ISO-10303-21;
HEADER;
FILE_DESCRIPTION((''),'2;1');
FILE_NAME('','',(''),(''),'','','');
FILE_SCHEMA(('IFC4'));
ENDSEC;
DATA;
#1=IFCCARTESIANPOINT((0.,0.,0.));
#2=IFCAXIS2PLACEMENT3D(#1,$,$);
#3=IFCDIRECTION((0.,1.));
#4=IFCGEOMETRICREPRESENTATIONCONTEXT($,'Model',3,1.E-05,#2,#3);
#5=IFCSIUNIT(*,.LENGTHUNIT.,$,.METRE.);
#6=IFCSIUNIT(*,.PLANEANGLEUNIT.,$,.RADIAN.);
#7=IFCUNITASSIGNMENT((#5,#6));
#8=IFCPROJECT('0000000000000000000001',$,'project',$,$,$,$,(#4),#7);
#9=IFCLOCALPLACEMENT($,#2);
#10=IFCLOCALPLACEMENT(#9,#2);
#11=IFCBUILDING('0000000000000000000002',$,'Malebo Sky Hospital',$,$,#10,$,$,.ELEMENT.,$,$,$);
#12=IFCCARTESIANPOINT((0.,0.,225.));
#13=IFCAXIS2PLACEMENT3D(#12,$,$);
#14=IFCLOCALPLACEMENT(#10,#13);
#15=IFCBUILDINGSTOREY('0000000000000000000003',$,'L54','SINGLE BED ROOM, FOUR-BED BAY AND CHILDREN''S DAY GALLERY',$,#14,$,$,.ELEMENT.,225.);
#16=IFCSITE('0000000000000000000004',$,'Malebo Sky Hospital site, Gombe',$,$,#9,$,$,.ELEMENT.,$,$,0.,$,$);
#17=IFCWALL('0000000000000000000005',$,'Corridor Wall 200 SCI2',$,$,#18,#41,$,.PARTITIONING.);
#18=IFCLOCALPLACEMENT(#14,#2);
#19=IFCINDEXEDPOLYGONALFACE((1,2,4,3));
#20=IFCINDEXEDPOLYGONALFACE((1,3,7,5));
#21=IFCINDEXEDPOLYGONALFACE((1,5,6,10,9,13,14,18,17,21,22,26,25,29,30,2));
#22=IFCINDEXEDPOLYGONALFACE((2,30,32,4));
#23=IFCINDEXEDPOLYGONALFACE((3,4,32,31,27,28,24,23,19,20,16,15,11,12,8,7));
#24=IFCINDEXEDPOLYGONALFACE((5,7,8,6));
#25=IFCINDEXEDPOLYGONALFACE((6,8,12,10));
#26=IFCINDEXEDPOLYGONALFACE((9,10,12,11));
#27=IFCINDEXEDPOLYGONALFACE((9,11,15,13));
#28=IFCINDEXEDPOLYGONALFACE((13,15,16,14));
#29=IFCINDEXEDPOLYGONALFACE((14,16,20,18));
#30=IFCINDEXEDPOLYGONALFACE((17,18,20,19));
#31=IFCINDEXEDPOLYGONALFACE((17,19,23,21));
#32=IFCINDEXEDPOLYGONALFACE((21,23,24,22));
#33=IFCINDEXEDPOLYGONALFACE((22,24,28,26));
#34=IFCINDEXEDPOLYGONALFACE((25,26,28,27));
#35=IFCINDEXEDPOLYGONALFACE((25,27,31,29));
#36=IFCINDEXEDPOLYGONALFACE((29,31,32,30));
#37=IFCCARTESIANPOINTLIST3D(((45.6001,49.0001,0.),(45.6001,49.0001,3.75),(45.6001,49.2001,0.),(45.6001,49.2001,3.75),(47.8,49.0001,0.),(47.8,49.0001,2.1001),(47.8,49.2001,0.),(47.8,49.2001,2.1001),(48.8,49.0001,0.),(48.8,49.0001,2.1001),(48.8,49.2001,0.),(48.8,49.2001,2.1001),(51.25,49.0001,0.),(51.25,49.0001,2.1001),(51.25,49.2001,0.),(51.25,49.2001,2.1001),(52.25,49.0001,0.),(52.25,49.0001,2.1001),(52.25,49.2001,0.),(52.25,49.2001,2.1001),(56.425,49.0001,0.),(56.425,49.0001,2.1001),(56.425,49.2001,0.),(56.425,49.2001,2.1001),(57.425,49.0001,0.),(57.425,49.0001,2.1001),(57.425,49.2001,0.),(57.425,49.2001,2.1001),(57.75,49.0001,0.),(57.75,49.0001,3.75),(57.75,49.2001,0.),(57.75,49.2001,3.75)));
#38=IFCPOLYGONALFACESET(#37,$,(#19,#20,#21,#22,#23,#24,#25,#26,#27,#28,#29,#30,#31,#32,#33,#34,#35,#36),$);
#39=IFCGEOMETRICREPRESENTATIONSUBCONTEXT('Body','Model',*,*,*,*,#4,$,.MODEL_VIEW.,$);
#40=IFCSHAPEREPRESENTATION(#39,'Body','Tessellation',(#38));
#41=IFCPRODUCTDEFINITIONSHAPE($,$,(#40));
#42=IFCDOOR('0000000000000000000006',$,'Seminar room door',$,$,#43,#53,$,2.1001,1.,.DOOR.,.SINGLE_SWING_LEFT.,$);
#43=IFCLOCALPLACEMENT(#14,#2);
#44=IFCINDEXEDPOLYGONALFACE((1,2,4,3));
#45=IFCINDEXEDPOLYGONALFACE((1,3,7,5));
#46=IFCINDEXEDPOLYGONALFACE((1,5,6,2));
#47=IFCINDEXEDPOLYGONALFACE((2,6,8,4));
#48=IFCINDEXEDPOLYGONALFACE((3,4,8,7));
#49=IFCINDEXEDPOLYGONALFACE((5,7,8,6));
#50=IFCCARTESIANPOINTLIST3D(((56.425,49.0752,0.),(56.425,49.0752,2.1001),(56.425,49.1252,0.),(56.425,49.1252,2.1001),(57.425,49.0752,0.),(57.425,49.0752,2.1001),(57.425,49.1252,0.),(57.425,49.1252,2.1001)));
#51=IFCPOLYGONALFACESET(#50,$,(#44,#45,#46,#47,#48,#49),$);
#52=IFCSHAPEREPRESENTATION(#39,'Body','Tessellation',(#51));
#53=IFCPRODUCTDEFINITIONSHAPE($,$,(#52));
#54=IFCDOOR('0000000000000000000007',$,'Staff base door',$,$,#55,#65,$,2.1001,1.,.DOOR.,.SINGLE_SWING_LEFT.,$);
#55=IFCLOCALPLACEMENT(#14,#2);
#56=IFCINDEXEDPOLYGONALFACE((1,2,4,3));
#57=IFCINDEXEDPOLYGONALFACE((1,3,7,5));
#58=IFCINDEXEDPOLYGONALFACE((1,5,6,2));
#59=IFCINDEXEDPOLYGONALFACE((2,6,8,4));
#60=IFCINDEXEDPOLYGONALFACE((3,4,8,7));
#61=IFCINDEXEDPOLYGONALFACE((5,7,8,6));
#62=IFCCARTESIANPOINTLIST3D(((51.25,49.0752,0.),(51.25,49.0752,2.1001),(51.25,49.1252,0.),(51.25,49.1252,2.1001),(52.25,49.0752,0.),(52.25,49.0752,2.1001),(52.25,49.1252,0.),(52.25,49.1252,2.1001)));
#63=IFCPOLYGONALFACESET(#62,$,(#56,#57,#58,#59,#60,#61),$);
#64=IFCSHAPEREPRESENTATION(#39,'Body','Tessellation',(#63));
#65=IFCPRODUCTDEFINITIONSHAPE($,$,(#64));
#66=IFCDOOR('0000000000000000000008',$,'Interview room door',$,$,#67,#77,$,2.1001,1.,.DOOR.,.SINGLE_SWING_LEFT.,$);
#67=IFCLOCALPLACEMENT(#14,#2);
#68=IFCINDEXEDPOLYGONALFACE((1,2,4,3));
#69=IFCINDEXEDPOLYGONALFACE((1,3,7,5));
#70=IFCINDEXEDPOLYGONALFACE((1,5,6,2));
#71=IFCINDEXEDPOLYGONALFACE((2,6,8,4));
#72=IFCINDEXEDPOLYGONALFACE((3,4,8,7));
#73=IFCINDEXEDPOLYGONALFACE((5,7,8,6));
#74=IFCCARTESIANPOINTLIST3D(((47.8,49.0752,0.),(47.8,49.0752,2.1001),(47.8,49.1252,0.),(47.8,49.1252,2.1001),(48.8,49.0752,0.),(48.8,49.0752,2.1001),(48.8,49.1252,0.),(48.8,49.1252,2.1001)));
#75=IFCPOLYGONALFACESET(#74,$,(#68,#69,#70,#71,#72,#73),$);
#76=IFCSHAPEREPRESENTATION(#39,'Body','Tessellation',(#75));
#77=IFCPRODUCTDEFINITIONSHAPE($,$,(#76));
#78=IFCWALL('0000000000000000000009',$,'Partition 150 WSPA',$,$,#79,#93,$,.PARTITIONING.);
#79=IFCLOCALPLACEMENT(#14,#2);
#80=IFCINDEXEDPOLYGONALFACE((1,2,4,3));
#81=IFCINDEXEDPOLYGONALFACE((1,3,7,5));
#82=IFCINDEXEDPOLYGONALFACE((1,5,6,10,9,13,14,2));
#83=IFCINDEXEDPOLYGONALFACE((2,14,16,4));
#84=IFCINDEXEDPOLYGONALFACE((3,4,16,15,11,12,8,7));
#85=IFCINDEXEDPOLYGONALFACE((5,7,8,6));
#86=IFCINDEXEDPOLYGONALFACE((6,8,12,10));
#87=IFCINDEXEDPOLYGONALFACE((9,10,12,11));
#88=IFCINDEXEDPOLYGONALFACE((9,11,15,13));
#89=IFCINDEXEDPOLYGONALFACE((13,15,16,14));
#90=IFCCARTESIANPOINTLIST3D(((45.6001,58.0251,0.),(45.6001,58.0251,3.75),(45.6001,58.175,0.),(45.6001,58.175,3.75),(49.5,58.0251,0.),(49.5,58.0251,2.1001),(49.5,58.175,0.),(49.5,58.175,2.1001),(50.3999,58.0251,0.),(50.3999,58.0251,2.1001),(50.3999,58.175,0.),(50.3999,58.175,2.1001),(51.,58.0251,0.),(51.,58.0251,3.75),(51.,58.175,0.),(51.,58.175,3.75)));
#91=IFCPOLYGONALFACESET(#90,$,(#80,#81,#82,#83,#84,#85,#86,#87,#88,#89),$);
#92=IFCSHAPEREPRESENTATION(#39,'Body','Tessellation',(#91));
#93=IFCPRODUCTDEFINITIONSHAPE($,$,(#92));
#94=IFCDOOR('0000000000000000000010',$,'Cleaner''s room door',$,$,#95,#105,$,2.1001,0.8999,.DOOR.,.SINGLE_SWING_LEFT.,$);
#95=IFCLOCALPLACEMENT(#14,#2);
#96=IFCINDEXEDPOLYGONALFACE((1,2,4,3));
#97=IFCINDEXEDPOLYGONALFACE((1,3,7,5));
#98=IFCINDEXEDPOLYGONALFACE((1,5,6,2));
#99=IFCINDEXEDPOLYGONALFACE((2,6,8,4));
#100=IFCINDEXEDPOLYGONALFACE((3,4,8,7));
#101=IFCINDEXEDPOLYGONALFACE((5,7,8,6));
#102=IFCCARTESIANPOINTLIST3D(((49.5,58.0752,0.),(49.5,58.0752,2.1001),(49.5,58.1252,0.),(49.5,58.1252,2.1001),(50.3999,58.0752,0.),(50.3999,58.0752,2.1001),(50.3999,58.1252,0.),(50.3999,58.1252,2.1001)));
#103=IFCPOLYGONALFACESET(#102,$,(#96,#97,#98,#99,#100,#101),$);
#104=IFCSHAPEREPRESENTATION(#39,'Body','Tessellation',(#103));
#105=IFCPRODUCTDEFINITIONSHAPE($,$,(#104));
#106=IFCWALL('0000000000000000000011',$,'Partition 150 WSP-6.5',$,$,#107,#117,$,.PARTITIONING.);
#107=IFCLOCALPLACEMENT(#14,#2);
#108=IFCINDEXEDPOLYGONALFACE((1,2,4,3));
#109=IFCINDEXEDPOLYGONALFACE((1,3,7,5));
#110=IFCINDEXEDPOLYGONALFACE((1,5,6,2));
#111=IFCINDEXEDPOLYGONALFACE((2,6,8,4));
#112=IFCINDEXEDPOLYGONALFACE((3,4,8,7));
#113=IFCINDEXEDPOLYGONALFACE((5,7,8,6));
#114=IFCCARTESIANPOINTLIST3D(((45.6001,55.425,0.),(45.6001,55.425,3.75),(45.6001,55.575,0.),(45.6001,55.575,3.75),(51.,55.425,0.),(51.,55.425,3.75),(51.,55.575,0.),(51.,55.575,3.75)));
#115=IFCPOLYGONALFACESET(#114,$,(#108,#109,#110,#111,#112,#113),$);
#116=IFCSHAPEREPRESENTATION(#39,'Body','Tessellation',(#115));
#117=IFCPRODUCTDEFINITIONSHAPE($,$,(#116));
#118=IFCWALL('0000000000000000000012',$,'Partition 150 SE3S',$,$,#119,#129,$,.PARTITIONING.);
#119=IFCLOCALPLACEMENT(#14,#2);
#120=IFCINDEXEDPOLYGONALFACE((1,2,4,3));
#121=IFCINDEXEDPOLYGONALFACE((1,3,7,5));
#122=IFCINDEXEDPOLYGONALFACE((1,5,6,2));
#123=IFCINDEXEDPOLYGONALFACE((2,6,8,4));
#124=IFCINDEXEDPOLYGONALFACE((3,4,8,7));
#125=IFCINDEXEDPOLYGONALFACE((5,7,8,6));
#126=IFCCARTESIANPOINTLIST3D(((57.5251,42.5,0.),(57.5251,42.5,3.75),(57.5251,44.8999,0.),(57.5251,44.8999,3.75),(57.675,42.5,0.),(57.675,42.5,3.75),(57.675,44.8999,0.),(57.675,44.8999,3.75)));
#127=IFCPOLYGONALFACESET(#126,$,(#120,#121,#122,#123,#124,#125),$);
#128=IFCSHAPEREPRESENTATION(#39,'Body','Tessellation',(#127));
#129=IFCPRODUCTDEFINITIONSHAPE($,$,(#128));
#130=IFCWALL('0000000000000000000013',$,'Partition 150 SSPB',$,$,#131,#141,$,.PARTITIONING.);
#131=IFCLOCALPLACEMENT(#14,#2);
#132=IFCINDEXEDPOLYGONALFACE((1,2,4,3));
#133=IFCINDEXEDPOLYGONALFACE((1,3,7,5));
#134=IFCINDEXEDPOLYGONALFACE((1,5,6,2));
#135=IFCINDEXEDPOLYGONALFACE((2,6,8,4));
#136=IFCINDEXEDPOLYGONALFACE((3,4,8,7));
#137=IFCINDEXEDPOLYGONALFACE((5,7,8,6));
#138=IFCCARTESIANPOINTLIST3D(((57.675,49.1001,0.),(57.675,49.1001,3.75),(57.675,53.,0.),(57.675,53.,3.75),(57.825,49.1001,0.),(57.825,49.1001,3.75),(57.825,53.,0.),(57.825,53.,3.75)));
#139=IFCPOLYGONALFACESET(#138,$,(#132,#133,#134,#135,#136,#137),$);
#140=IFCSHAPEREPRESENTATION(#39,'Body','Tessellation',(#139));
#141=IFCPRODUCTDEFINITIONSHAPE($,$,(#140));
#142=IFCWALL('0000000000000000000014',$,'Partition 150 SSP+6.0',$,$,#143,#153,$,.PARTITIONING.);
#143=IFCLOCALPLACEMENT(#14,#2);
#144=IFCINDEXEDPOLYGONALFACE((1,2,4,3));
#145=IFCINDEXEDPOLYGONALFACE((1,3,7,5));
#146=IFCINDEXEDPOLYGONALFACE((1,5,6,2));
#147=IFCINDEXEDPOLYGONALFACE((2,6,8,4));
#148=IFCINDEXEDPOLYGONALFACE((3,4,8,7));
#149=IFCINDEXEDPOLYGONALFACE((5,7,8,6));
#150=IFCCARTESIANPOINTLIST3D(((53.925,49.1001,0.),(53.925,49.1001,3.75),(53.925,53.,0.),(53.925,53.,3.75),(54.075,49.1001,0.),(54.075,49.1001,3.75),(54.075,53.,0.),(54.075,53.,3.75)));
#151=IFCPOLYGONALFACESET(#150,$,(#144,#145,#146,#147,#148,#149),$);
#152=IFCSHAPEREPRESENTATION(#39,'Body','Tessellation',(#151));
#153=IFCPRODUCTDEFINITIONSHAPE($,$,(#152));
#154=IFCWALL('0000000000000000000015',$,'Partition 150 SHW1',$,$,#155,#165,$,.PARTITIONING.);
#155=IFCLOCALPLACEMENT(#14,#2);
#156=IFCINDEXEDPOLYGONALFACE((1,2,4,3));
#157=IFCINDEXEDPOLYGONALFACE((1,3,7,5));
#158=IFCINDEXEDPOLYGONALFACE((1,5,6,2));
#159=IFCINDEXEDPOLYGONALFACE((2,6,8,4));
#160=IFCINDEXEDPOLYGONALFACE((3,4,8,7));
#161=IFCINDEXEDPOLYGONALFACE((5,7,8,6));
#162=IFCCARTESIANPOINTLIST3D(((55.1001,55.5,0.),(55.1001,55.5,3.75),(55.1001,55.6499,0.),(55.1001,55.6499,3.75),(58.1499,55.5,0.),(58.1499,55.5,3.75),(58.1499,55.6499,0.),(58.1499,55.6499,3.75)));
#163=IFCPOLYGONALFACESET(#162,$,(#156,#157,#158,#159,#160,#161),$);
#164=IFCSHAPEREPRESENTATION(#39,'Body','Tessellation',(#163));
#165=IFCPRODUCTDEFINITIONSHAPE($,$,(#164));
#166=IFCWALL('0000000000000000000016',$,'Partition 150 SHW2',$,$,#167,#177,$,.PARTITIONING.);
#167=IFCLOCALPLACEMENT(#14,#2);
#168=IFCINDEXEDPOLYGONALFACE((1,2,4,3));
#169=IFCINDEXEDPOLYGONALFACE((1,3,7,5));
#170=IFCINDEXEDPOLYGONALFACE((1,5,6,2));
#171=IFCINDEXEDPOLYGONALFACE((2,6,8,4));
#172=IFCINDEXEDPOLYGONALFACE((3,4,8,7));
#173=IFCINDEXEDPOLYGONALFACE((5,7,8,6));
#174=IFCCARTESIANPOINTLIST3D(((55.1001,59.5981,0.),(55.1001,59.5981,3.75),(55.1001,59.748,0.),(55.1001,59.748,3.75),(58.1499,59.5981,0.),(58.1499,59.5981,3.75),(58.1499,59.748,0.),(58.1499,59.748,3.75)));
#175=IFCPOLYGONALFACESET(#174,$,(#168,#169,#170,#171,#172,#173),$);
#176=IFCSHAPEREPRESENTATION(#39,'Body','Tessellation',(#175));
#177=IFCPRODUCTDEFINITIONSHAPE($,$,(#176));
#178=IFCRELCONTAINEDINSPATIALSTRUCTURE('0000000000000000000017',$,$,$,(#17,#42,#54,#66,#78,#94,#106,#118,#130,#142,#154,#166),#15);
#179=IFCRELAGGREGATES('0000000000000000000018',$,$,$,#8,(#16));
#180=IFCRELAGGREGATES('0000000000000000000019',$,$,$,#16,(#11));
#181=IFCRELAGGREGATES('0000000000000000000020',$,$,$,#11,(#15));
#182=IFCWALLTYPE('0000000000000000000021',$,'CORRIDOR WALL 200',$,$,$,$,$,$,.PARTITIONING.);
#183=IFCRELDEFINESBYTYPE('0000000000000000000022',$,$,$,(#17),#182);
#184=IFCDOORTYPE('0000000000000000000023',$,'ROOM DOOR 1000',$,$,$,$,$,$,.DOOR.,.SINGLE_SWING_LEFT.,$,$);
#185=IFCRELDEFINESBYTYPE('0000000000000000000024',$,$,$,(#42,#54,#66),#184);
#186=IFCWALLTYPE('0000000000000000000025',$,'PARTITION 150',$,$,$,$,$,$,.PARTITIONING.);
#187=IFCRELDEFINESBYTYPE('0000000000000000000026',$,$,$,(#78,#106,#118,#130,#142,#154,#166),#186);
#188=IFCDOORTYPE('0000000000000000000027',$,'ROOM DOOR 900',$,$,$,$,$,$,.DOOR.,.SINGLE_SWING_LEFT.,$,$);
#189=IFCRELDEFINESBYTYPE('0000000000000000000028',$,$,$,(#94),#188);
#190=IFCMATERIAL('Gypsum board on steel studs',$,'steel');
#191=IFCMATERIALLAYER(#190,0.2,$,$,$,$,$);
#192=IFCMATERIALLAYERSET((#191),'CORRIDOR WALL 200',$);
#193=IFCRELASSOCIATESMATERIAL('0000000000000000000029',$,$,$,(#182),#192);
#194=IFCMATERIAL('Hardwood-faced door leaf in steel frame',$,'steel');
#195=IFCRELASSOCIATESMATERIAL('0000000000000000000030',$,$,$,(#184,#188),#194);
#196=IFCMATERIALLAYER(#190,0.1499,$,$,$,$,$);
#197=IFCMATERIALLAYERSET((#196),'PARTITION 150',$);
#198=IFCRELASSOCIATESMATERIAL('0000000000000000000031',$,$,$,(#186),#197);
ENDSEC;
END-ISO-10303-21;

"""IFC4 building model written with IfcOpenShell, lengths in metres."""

from ifc_helpers import new_model, si_unit, direction, frame, frame_2d, origin, place, context, subcontext, project, spatial, rectangle, extrude, material, layer, layer_set, type_object, element, fill, save


model = new_model("IFC4")

# Units and contexts
model_context = context("Model", 3, precision=1e-05, world=origin(), true_north=direction((0.0, 1.0)))
body_context = subcontext(model_context, "Body", "Model", "MODEL_VIEW")
ifc_project = project(units=[si_unit("LENGTHUNIT", "METRE"), si_unit("PLANEANGLEUNIT", "RADIAN")], contexts=[model_context])

# Site, building, storey
site_placement = place(None, origin())
site = spatial("IfcSite", under=ifc_project, at=site_placement, Name="Malebo Sky Hospital site, Gombe", CompositionType="ELEMENT", RefElevation=0.0)
building_placement = place(site_placement, origin())
building = spatial("IfcBuilding", under=site, at=building_placement, Name="Malebo Sky Hospital", CompositionType="ELEMENT")
storey_placement = place(building_placement, frame((0.0, 0.0, 225.0)))
storey = spatial("IfcBuildingStorey", under=building, at=storey_placement, Name="L54", Description="SINGLE BED ROOM, FOUR-BED BAY AND CHILDREN'S DAY GALLERY", CompositionType="ELEMENT", Elevation=225.0)

# Shared definitions
ifc_material_1 = material(Name="Hardwood-faced door leaf in steel frame", Category="steel")

# Wall, openings, doors
ifc_material_2 = material(Name="Gypsum board on steel studs", Category="steel")
ifc_layer_1 = layer(ifc_material_2, 0.2)
ifc_layer_set_1 = layer_set([ifc_layer_1], Name="CORRIDOR WALL 200")
wall_type_1 = type_object("IfcWallType", Name="CORRIDOR WALL 200", PredefinedType="PARTITIONING", material=ifc_layer_set_1)
wall_1_placement = place(storey_placement, frame((57.75, 49.1001, 0.0), z_axis=(0.0, 0.0, 1.0), x_axis=(-1.0, 0.0, 0.0)))
wall_1 = element("IfcWall", 1, at=wall_1_placement, inside=storey, type_object=wall_type_1, Name="Corridor Wall 200 SCI2", PredefinedType="PARTITIONING", context=body_context, shape_type="SweptSolid", body=[
    extrude(rectangle(XDim=12.1499, YDim=0.2, at=frame_2d((6.075, 0.0))), origin(), (0.0, 0.0, 1.0), 3.75),
])
opening_1_placement = place(wall_1_placement, frame((0.325, 0.0, 0.0)))
opening_1 = element("IfcOpeningElement", 2, at=opening_1_placement, cuts=wall_1, PredefinedType="OPENING", context=body_context, shape_type="SweptSolid", body=[
    extrude(rectangle(XDim=1.0, YDim=2.1001, at=frame_2d((0.5, 1.05))), frame((0.0, 0.1099, 0.0), z_axis=(0.0, -1.0, 0.0), x_axis=(1.0, 0.0, 0.0)), (0.0, 0.0, 1.0), 0.22),
])
opening_2_placement = place(wall_1_placement, frame((5.5, 0.0, 0.0)))
opening_2 = element("IfcOpeningElement", 3, at=opening_2_placement, cuts=wall_1, PredefinedType="OPENING", context=body_context, shape_type="SweptSolid", body=[
    extrude(rectangle(XDim=1.0, YDim=2.1001, at=frame_2d((0.5, 1.05))), frame((0.0, 0.1099, 0.0), z_axis=(0.0, -1.0, 0.0), x_axis=(1.0, 0.0, 0.0)), (0.0, 0.0, 1.0), 0.22),
])
opening_3_placement = place(wall_1_placement, frame((8.95, 0.0, 0.0)))
opening_3 = element("IfcOpeningElement", 4, at=opening_3_placement, cuts=wall_1, PredefinedType="OPENING", context=body_context, shape_type="SweptSolid", body=[
    extrude(rectangle(XDim=1.0, YDim=2.1001, at=frame_2d((0.5, 1.05))), frame((0.0, 0.1099, 0.0), z_axis=(0.0, -1.0, 0.0), x_axis=(1.0, 0.0, 0.0)), (0.0, 0.0, 1.0), 0.22),
])
door_type_1 = type_object("IfcDoorType", Name="ROOM DOOR 1000", OperationType="SINGLE_SWING_LEFT", PredefinedType="DOOR", material=ifc_material_1)
door_1_placement = place(opening_1_placement, origin())
door_1 = element("IfcDoor", 5, at=door_1_placement, inside=storey, type_object=door_type_1, Name="Seminar room door", OperationType="SINGLE_SWING_LEFT", OverallHeight=2.1001, OverallWidth=1.0, PredefinedType="DOOR", context=body_context, shape_type="SweptSolid", body=[
    extrude(rectangle(XDim=1.0, YDim=2.1001, at=frame_2d((0.5, 1.05))), frame((0.0, 0.0249, 0.0), z_axis=(0.0, -1.0, 0.0), x_axis=(1.0, 0.0, 0.0)), (0.0, 0.0, 1.0), 0.05),
])
fill(opening_1, door_1)
door_2_placement = place(opening_2_placement, origin())
door_2 = element("IfcDoor", 6, at=door_2_placement, inside=storey, type_object=door_type_1, Name="Staff base door", OperationType="SINGLE_SWING_LEFT", OverallHeight=2.1001, OverallWidth=1.0, PredefinedType="DOOR", context=body_context, shape_type="SweptSolid", body=[
    extrude(rectangle(XDim=1.0, YDim=2.1001, at=frame_2d((0.5, 1.05))), frame((0.0, 0.0249, 0.0), z_axis=(0.0, -1.0, 0.0), x_axis=(1.0, 0.0, 0.0)), (0.0, 0.0, 1.0), 0.05),
])
fill(opening_2, door_2)
door_3_placement = place(opening_3_placement, origin())
door_3 = element("IfcDoor", 7, at=door_3_placement, inside=storey, type_object=door_type_1, Name="Interview room door", OperationType="SINGLE_SWING_LEFT", OverallHeight=2.1001, OverallWidth=1.0, PredefinedType="DOOR", context=body_context, shape_type="SweptSolid", body=[
    extrude(rectangle(XDim=1.0, YDim=2.1001, at=frame_2d((0.5, 1.05))), frame((0.0, 0.0249, 0.0), z_axis=(0.0, -1.0, 0.0), x_axis=(1.0, 0.0, 0.0)), (0.0, 0.0, 1.0), 0.05),
])
fill(opening_3, door_3)

# Wall, opening, door
ifc_layer_2 = layer(ifc_material_2, 0.1499)
ifc_layer_set_2 = layer_set([ifc_layer_2], Name="PARTITION 150")
wall_type_2 = type_object("IfcWallType", Name="PARTITION 150", PredefinedType="PARTITIONING", material=ifc_layer_set_2)
wall_2_placement = place(storey_placement, frame((51.0, 58.1001, 0.0), z_axis=(0.0, 0.0, 1.0), x_axis=(-1.0, 0.0, 0.0)))
wall_2 = element("IfcWall", 8, at=wall_2_placement, inside=storey, type_object=wall_type_2, Name="Partition 150 WSPA", PredefinedType="PARTITIONING", context=body_context, shape_type="SweptSolid", body=[
    extrude(rectangle(XDim=5.3999, YDim=0.1499, at=frame_2d((2.7, 0.0))), origin(), (0.0, 0.0, 1.0), 3.75),
])
opening_4_placement = place(wall_2_placement, frame((0.6001, 0.0, 0.0)))
opening_4 = element("IfcOpeningElement", 9, at=opening_4_placement, cuts=wall_2, PredefinedType="OPENING", context=body_context, shape_type="SweptSolid", body=[
    extrude(rectangle(XDim=0.8999, YDim=2.1001, at=frame_2d((0.45, 1.05))), frame((0.0, 0.085, 0.0), z_axis=(0.0, -1.0, 0.0), x_axis=(1.0, 0.0, 0.0)), (0.0, 0.0, 1.0), 0.1699),
])
door_type_2 = type_object("IfcDoorType", Name="ROOM DOOR 900", OperationType="SINGLE_SWING_LEFT", PredefinedType="DOOR", material=ifc_material_1)
door_4_placement = place(opening_4_placement, origin())
door_4 = element("IfcDoor", 10, at=door_4_placement, inside=storey, type_object=door_type_2, Name="Cleaner's room door", OperationType="SINGLE_SWING_LEFT", OverallHeight=2.1001, OverallWidth=0.8999, PredefinedType="DOOR", context=body_context, shape_type="SweptSolid", body=[
    extrude(rectangle(XDim=0.8999, YDim=2.1001, at=frame_2d((0.45, 1.05))), frame((0.0, 0.0249, 0.0), z_axis=(0.0, -1.0, 0.0), x_axis=(1.0, 0.0, 0.0)), (0.0, 0.0, 1.0), 0.05),
])
fill(opening_4, door_4)

# Walls
wall_3_placement = place(storey_placement, frame((51.0, 55.5, 0.0), z_axis=(0.0, 0.0, 1.0), x_axis=(-1.0, 0.0, 0.0)))
element("IfcWall", 11, at=wall_3_placement, inside=storey, type_object=wall_type_2, Name="Partition 150 WSP-6.5", PredefinedType="PARTITIONING", context=body_context, shape_type="SweptSolid", body=[
    extrude(rectangle(XDim=5.3999, YDim=0.1499, at=frame_2d((2.7, 0.0))), origin(), (0.0, 0.0, 1.0), 3.75),
])
wall_4_placement = place(storey_placement, frame((57.6001, 44.8999, 0.0), z_axis=(0.0, 0.0, 1.0), x_axis=(0.0, -1.0, 0.0)))
element("IfcWall", 12, at=wall_4_placement, inside=storey, type_object=wall_type_2, Name="Partition 150 SE3S", PredefinedType="PARTITIONING", context=body_context, shape_type="SweptSolid", body=[
    extrude(rectangle(XDim=2.3999, YDim=0.1499, at=frame_2d((1.2, 0.0))), origin(), (0.0, 0.0, 1.0), 3.75),
])
for number, where, z_axis, x_axis, name in (
    (13, (57.75, 53.0, 0.0), (0.0, 0.0, 1.0), (0.0, -1.0, 0.0), "Partition 150 SSPB"),
    (14, (54.0, 53.0, 0.0), (0.0, 0.0, 1.0), (0.0, -1.0, 0.0), "Partition 150 SSP+6.0"),
):
    element("IfcWall", number, at=place(storey_placement, frame(where, z_axis=z_axis, x_axis=x_axis)), inside=storey, type_object=wall_type_2, Name=name, PredefinedType="PARTITIONING", context=body_context, shape_type="SweptSolid", body=[
        extrude(rectangle(XDim=3.8999, YDim=0.1499, at=frame_2d((1.95, 0.0))), origin(), (0.0, 0.0, 1.0), 3.75),
    ])
for number, where, z_axis, x_axis, name in (
    (15, (55.1001, 55.575, 0.0), (0.0, 0.0, 1.0), (1.0, 0.0, 0.0), "Partition 150 SHW1"),
    (16, (55.1001, 59.6731, 0.0), (0.0, 0.0, 1.0), (1.0, 0.0, 0.0), "Partition 150 SHW2"),
):
    element("IfcWall", number, at=place(storey_placement, frame(where, z_axis=z_axis, x_axis=x_axis)), inside=storey, type_object=wall_type_2, Name=name, PredefinedType="PARTITIONING", context=body_context, shape_type="SweptSolid", body=[
        extrude(rectangle(XDim=3.0498, YDim=0.1499, at=frame_2d((1.5249, 0.0))), origin(), (0.0, 0.0, 1.0), 3.75),
    ])

save(model, "model.ifc")
